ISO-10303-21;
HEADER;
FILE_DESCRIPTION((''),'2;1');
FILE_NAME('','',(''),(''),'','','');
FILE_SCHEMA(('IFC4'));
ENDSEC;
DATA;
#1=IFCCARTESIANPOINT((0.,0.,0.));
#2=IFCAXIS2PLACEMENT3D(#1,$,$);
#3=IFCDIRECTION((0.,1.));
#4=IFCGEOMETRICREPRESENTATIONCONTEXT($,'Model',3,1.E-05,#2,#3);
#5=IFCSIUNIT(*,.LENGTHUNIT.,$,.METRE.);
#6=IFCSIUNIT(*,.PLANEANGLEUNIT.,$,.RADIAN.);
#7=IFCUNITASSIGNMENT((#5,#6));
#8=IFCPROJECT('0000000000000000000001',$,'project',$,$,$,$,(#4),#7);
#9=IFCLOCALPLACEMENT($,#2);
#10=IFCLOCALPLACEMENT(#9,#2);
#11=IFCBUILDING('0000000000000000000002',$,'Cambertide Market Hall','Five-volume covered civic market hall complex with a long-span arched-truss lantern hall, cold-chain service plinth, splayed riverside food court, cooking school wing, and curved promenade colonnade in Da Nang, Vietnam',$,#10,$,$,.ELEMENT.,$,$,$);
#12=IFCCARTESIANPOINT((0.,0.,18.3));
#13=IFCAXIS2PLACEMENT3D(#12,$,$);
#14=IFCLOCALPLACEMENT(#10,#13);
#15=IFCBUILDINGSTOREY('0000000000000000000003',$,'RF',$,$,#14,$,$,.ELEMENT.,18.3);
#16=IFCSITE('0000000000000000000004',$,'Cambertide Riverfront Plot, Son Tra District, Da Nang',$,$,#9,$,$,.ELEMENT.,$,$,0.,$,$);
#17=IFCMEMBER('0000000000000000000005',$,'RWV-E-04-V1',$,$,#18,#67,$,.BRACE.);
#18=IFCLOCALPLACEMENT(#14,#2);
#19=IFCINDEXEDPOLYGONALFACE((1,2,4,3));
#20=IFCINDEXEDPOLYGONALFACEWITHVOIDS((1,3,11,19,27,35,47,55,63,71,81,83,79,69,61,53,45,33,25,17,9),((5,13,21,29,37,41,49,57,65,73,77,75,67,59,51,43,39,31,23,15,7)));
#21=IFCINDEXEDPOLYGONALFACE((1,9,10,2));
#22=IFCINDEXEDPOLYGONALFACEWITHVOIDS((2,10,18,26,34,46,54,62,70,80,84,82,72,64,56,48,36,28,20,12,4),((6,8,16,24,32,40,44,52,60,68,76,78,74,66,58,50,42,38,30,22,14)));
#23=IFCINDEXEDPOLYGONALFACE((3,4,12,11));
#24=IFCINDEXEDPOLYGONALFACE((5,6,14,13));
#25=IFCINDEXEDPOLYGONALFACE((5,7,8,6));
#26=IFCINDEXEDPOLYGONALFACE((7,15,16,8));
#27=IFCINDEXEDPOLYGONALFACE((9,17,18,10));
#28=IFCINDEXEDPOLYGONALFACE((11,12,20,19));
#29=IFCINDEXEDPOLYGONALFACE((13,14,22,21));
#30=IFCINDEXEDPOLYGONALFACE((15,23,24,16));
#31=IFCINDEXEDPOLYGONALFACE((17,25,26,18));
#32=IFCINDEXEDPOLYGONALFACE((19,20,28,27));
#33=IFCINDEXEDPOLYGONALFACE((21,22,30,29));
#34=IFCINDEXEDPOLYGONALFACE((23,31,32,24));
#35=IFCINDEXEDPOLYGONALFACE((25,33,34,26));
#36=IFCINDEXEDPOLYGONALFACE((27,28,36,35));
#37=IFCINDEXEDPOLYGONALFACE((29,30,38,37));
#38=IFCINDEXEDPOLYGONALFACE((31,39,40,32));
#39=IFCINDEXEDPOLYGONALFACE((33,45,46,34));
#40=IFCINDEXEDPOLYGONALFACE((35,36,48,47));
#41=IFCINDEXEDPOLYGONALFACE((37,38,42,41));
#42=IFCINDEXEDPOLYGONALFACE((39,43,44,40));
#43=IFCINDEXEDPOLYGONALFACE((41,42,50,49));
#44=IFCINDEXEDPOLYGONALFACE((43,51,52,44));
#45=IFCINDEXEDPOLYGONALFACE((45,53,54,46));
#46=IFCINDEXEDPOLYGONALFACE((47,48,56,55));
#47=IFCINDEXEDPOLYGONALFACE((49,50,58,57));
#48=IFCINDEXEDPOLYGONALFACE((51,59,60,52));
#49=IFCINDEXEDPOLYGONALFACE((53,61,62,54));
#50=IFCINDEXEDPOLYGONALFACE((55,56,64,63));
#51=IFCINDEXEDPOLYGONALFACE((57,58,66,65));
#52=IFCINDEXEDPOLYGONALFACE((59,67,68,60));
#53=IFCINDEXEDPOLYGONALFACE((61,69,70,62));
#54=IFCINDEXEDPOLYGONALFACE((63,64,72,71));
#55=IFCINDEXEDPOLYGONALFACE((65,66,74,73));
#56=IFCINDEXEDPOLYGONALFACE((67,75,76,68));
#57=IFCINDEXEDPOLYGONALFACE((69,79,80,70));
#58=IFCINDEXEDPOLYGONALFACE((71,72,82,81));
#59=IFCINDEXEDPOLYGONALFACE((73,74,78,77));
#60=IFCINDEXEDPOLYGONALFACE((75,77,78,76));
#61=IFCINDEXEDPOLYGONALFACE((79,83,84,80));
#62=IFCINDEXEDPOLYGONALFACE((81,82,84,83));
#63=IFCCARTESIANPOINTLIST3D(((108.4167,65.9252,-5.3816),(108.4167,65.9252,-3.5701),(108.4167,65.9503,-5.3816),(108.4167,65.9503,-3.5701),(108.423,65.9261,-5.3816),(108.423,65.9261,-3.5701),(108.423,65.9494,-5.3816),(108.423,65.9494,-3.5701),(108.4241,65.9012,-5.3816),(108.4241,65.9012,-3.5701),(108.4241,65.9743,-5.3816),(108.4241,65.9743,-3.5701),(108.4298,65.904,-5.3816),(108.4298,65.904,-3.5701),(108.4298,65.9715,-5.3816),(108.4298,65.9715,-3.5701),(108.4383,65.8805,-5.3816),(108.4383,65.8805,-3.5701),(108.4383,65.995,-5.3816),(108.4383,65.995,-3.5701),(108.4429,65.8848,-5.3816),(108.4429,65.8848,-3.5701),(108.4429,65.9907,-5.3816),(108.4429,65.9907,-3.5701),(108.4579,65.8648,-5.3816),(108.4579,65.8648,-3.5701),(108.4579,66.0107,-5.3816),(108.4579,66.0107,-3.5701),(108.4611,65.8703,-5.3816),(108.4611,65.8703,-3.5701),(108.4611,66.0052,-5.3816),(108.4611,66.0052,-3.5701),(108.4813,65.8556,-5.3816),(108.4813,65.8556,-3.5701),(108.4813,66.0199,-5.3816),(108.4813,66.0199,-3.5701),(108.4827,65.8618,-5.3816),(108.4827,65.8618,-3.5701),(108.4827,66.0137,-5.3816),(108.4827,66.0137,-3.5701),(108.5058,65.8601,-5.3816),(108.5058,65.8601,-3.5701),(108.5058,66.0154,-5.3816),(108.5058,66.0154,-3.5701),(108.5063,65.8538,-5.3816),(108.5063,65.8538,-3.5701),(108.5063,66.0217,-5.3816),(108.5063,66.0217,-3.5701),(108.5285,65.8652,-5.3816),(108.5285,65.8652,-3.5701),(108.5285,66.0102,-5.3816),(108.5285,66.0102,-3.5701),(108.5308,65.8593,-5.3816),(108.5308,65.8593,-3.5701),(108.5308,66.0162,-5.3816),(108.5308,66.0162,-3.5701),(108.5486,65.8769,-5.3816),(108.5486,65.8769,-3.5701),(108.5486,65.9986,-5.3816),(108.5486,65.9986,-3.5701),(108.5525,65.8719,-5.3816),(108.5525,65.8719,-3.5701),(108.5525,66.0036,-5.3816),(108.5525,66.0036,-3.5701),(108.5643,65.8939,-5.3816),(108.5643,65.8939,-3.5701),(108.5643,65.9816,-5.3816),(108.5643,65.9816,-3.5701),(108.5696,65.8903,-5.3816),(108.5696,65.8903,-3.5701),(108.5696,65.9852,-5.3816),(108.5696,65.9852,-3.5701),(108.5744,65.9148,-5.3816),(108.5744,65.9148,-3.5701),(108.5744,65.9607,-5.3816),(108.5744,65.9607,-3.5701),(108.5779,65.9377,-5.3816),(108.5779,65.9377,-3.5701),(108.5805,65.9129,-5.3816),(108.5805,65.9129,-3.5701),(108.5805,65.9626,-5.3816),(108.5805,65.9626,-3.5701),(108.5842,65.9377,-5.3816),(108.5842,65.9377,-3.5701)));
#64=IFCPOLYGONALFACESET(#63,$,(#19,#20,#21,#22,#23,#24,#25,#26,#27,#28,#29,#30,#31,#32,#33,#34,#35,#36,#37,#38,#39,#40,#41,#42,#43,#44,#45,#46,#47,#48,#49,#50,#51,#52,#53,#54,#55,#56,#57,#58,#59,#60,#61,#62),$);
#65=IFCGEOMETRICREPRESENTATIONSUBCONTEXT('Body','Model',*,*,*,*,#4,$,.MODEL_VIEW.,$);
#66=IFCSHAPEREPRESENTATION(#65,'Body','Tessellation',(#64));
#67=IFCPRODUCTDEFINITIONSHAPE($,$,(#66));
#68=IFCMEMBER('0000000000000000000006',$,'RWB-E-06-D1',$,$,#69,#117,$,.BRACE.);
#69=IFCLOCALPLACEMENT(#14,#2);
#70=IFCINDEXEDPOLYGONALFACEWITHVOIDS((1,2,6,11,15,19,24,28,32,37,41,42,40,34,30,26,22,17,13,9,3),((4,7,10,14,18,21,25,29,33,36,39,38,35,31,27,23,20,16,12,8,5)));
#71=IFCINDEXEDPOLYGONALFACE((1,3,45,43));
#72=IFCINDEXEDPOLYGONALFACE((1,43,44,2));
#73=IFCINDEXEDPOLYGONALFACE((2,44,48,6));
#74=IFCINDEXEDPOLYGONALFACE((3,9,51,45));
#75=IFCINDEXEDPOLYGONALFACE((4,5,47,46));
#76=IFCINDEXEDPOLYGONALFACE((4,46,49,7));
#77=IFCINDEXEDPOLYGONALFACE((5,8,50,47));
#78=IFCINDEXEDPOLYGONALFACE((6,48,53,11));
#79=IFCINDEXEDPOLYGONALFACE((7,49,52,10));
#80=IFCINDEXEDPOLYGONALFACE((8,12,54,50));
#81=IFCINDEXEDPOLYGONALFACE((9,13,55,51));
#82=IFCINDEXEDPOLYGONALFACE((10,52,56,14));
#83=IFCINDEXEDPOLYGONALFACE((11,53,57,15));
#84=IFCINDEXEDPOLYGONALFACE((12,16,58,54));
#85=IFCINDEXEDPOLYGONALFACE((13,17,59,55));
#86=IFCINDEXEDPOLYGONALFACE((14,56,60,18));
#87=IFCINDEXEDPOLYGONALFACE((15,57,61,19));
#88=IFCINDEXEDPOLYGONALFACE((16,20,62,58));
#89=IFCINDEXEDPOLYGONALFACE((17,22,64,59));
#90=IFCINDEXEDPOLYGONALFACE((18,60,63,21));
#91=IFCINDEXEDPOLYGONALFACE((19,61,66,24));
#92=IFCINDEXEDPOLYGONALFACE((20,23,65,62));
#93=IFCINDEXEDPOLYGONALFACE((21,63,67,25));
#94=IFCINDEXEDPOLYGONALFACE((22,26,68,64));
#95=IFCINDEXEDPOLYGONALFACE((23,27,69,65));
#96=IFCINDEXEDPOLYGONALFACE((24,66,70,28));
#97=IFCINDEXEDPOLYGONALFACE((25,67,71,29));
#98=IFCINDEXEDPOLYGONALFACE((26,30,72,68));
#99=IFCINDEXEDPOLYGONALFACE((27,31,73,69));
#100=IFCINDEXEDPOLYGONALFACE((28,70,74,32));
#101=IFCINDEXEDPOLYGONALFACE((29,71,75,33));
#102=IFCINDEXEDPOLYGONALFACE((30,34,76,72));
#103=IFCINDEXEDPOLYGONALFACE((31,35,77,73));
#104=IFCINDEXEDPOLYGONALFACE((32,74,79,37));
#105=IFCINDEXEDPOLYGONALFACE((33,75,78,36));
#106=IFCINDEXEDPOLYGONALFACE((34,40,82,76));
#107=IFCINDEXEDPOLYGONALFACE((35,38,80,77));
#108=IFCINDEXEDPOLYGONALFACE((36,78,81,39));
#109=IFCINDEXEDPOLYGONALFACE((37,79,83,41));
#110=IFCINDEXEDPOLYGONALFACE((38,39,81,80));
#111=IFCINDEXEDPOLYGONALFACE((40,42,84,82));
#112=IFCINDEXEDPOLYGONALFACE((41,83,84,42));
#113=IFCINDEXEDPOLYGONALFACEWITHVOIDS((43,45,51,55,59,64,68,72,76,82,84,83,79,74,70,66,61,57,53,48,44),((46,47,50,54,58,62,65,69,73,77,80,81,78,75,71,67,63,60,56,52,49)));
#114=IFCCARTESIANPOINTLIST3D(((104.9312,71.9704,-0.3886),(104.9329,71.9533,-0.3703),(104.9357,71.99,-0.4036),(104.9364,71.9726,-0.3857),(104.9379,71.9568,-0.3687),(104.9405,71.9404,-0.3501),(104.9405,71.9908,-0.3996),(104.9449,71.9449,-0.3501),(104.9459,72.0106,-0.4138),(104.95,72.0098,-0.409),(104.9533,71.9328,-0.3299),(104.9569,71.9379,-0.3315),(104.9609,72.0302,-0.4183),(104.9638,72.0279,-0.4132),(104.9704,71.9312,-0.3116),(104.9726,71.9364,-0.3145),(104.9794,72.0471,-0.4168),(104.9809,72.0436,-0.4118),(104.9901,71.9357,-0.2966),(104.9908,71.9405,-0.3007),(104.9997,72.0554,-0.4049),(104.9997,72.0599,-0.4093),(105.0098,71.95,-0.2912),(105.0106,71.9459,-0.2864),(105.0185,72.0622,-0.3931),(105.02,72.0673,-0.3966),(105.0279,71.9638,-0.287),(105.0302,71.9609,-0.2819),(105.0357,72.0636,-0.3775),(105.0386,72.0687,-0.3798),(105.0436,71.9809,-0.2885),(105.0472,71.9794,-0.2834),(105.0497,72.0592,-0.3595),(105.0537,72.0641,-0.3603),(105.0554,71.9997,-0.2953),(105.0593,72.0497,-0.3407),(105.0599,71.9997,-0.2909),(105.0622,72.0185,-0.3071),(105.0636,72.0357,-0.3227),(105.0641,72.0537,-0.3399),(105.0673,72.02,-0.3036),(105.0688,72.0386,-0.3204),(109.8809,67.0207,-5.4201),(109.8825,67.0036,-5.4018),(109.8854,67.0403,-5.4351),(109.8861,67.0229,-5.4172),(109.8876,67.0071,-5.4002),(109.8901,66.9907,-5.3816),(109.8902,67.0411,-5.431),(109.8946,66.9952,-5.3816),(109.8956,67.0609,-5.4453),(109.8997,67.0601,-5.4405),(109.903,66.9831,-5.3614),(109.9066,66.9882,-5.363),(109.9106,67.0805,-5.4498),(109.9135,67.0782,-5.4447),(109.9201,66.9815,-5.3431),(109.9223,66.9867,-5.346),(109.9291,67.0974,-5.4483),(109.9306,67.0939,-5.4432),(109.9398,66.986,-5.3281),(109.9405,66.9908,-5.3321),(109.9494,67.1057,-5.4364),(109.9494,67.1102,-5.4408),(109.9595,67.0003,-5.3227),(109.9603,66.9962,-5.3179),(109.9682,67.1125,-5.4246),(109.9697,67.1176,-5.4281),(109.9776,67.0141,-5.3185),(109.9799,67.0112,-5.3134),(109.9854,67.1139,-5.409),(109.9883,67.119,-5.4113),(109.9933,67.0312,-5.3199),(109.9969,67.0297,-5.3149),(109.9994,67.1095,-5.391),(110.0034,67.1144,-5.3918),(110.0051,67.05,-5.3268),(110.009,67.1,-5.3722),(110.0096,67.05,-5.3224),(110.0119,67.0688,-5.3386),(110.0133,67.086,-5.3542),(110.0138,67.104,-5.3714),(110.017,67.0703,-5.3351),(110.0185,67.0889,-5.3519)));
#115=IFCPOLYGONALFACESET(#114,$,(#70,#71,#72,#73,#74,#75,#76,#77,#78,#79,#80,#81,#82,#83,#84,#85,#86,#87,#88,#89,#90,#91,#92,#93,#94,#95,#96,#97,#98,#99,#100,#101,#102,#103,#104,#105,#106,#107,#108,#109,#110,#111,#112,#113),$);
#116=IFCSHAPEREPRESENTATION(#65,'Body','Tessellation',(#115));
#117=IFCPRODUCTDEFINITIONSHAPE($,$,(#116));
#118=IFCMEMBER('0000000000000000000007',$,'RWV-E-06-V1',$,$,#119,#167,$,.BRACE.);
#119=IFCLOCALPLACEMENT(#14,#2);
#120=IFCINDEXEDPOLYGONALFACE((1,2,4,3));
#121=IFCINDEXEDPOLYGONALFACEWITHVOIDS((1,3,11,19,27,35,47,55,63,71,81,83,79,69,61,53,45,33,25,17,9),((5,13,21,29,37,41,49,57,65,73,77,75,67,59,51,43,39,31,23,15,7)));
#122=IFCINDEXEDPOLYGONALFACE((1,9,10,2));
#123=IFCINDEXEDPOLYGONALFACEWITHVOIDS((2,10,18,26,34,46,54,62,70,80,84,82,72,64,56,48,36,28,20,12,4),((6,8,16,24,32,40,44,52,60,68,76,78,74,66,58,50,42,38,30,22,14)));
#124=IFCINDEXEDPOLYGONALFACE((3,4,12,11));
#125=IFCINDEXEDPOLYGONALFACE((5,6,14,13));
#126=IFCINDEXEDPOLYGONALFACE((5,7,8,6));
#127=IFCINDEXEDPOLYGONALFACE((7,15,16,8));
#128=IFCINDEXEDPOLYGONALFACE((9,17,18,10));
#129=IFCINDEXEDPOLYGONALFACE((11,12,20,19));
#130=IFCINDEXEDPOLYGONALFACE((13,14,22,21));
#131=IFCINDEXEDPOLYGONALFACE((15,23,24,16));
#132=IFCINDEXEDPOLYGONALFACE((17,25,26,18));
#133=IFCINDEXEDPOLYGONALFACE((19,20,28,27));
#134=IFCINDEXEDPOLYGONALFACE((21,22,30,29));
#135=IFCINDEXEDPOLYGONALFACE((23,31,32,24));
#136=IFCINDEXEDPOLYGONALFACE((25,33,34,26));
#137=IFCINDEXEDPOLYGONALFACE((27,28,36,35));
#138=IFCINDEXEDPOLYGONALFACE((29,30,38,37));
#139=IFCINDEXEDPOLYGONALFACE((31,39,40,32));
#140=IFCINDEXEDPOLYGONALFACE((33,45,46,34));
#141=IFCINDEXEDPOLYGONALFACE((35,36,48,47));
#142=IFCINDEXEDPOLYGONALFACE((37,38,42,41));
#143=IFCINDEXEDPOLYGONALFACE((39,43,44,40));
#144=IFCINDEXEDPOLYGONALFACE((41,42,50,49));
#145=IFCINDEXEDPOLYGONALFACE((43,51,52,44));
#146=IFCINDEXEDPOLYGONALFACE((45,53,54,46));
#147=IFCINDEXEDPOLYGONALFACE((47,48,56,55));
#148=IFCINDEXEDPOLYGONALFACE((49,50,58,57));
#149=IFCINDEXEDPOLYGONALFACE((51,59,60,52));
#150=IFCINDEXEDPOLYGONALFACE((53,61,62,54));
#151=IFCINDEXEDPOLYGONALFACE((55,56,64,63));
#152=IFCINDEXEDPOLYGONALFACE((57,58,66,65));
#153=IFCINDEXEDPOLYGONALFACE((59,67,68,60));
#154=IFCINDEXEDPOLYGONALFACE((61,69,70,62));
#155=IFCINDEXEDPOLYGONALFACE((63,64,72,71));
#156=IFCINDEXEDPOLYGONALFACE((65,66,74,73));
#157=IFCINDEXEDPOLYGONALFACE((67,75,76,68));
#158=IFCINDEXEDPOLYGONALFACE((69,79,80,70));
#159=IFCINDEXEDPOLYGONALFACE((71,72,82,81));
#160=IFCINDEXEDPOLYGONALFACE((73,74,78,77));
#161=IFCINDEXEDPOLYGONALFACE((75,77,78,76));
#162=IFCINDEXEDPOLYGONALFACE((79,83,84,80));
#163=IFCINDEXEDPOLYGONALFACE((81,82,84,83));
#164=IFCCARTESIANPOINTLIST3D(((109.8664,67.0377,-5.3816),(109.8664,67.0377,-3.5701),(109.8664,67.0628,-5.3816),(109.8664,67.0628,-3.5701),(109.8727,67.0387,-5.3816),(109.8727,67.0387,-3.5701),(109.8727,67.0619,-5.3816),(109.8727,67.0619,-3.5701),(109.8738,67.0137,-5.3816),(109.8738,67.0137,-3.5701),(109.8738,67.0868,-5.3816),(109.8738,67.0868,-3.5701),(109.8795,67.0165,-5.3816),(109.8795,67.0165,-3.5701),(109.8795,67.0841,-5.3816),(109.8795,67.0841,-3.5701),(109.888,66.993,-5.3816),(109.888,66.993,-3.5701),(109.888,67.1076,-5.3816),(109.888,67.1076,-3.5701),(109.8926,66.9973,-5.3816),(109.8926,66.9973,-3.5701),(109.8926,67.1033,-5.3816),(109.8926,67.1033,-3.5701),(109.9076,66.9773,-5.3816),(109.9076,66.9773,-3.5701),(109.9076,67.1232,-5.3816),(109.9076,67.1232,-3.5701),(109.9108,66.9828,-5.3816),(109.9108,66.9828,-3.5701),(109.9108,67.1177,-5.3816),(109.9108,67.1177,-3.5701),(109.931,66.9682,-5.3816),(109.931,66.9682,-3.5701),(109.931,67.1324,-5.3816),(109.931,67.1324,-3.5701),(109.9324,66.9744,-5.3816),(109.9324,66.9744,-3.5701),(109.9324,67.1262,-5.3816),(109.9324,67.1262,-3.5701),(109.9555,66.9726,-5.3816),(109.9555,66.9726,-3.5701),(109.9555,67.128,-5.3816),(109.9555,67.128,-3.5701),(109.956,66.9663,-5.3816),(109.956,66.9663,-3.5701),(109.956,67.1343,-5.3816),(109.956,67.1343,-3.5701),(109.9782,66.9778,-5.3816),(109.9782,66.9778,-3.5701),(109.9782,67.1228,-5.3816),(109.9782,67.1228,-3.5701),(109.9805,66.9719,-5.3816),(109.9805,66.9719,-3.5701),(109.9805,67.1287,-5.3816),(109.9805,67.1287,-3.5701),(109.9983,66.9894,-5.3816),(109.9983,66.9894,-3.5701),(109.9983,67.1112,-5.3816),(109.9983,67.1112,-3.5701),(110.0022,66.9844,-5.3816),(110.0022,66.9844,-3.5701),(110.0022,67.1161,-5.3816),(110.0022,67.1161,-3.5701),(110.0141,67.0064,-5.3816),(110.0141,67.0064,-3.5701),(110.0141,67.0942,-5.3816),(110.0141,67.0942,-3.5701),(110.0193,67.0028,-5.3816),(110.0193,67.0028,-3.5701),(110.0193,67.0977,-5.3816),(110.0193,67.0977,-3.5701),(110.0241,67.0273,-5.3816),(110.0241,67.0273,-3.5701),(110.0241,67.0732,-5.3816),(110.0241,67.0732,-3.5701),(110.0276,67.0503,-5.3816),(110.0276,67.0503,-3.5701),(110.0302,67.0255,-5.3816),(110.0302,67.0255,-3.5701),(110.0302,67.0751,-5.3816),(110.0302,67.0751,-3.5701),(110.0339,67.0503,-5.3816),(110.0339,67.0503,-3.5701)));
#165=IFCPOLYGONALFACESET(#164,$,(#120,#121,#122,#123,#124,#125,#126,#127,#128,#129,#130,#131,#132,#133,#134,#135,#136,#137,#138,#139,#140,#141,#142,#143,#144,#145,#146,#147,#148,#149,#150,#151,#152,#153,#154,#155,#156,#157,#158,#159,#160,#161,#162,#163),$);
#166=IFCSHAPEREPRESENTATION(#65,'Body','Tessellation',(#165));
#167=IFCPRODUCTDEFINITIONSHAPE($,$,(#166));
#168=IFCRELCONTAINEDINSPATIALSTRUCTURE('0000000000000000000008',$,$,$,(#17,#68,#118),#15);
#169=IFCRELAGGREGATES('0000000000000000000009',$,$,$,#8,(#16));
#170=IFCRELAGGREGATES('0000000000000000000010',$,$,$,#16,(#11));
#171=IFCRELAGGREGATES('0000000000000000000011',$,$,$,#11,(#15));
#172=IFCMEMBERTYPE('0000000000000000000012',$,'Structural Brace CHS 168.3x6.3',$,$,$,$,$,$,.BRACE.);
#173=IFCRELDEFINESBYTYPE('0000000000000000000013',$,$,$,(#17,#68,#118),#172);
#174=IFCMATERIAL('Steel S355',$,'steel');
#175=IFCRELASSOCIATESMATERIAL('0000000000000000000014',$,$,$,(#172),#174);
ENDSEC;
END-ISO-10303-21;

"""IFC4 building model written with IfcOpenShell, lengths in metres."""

from ifc_helpers import new_model, si_unit, direction, frame, origin, origin_2d, place, context, subcontext, project, spatial, hollow_circle, extrude, material, material_profile, profile_set, type_object, element, save


model = new_model("IFC4")

# Units and contexts
model_context = context("Model", 3, precision=1e-05, world=origin(), true_north=direction((0.0, 1.0)))
body_context = subcontext(model_context, "Body", "Model", "MODEL_VIEW")
ifc_project = project(units=[si_unit("LENGTHUNIT", "METRE"), si_unit("PLANEANGLEUNIT", "RADIAN")], contexts=[model_context])

# Site, building, storey
site_placement = place(None, origin())
site = spatial("IfcSite", under=ifc_project, at=site_placement, Name="Cambertide Riverfront Plot, Son Tra District, Da Nang", CompositionType="ELEMENT", RefElevation=0.0)
building_placement = place(site_placement, origin())
building = spatial("IfcBuilding", under=site, at=building_placement, Name="Cambertide Market Hall", Description="Five-volume covered civic market hall complex with a long-span arched-truss lantern hall, cold-chain service plinth, splayed riverside food court, cooking school wing, and curved promenade colonnade in Da Nang, Vietnam", CompositionType="ELEMENT")
storey_placement = place(building_placement, frame((0.0, 0.0, 18.3)))
storey = spatial("IfcBuildingStorey", under=building, at=storey_placement, Name="RF", CompositionType="ELEMENT", Elevation=18.3)

# Members
ifc_material_1 = material(Name="Steel S355", Category="steel")
ifc_material_profile_1 = material_profile(ifc_material_1, hollow_circle(Radius=0.0842, WallThickness=0.0063, at=origin_2d()), Name="CHS 168.3x6.3")
ifc_profile_set_1 = profile_set([ifc_material_profile_1], Name="Steel S355")
member_type_1 = type_object("IfcMemberType", Name="Structural Brace CHS 168.3x6.3", PredefinedType="BRACE", material=ifc_profile_set_1)
member_1_placement = place(storey_placement, frame((108.5, 65.9377, -5.3816), z_axis=(0.0, 0.0, 1.0), x_axis=(1.0, 0.0, 0.0)))
element("IfcMember", 1, at=member_1_placement, inside=storey, type_object=member_type_1, Name="RWV-E-04-V1", PredefinedType="BRACE", context=body_context, shape_type="SweptSolid", body=[
    extrude(hollow_circle(Radius=0.0842, WallThickness=0.0063, at=origin_2d()), origin(), (0.0, 0.0, 1.0), 1.8115),
])
member_2_placement = place(storey_placement, frame((109.9497, 67.0503, -5.3816), z_axis=(-0.57417, 0.57417, 0.583658), x_axis=(-0.707107, -0.707107, 0.0)))
element("IfcMember", 2, at=member_2_placement, inside=storey, type_object=member_type_1, Name="RWB-E-06-D1", PredefinedType="BRACE", context=body_context, shape_type="SweptSolid", body=[
    extrude(hollow_circle(Radius=0.0842, WallThickness=0.0063, at=origin_2d()), origin(), (0.0, 0.0, 1.0), 8.6206),
])
member_3_placement = place(storey_placement, frame((109.9497, 67.0503, -5.3816), z_axis=(0.0, 0.0, 1.0), x_axis=(1.0, 0.0, 0.0)))
element("IfcMember", 3, at=member_3_placement, inside=storey, type_object=member_type_1, Name="RWV-E-06-V1", PredefinedType="BRACE", context=body_context, shape_type="SweptSolid", body=[
    extrude(hollow_circle(Radius=0.0842, WallThickness=0.0063, at=origin_2d()), origin(), (0.0, 0.0, 1.0), 1.8115),
])

save(model, "model.ifc")
